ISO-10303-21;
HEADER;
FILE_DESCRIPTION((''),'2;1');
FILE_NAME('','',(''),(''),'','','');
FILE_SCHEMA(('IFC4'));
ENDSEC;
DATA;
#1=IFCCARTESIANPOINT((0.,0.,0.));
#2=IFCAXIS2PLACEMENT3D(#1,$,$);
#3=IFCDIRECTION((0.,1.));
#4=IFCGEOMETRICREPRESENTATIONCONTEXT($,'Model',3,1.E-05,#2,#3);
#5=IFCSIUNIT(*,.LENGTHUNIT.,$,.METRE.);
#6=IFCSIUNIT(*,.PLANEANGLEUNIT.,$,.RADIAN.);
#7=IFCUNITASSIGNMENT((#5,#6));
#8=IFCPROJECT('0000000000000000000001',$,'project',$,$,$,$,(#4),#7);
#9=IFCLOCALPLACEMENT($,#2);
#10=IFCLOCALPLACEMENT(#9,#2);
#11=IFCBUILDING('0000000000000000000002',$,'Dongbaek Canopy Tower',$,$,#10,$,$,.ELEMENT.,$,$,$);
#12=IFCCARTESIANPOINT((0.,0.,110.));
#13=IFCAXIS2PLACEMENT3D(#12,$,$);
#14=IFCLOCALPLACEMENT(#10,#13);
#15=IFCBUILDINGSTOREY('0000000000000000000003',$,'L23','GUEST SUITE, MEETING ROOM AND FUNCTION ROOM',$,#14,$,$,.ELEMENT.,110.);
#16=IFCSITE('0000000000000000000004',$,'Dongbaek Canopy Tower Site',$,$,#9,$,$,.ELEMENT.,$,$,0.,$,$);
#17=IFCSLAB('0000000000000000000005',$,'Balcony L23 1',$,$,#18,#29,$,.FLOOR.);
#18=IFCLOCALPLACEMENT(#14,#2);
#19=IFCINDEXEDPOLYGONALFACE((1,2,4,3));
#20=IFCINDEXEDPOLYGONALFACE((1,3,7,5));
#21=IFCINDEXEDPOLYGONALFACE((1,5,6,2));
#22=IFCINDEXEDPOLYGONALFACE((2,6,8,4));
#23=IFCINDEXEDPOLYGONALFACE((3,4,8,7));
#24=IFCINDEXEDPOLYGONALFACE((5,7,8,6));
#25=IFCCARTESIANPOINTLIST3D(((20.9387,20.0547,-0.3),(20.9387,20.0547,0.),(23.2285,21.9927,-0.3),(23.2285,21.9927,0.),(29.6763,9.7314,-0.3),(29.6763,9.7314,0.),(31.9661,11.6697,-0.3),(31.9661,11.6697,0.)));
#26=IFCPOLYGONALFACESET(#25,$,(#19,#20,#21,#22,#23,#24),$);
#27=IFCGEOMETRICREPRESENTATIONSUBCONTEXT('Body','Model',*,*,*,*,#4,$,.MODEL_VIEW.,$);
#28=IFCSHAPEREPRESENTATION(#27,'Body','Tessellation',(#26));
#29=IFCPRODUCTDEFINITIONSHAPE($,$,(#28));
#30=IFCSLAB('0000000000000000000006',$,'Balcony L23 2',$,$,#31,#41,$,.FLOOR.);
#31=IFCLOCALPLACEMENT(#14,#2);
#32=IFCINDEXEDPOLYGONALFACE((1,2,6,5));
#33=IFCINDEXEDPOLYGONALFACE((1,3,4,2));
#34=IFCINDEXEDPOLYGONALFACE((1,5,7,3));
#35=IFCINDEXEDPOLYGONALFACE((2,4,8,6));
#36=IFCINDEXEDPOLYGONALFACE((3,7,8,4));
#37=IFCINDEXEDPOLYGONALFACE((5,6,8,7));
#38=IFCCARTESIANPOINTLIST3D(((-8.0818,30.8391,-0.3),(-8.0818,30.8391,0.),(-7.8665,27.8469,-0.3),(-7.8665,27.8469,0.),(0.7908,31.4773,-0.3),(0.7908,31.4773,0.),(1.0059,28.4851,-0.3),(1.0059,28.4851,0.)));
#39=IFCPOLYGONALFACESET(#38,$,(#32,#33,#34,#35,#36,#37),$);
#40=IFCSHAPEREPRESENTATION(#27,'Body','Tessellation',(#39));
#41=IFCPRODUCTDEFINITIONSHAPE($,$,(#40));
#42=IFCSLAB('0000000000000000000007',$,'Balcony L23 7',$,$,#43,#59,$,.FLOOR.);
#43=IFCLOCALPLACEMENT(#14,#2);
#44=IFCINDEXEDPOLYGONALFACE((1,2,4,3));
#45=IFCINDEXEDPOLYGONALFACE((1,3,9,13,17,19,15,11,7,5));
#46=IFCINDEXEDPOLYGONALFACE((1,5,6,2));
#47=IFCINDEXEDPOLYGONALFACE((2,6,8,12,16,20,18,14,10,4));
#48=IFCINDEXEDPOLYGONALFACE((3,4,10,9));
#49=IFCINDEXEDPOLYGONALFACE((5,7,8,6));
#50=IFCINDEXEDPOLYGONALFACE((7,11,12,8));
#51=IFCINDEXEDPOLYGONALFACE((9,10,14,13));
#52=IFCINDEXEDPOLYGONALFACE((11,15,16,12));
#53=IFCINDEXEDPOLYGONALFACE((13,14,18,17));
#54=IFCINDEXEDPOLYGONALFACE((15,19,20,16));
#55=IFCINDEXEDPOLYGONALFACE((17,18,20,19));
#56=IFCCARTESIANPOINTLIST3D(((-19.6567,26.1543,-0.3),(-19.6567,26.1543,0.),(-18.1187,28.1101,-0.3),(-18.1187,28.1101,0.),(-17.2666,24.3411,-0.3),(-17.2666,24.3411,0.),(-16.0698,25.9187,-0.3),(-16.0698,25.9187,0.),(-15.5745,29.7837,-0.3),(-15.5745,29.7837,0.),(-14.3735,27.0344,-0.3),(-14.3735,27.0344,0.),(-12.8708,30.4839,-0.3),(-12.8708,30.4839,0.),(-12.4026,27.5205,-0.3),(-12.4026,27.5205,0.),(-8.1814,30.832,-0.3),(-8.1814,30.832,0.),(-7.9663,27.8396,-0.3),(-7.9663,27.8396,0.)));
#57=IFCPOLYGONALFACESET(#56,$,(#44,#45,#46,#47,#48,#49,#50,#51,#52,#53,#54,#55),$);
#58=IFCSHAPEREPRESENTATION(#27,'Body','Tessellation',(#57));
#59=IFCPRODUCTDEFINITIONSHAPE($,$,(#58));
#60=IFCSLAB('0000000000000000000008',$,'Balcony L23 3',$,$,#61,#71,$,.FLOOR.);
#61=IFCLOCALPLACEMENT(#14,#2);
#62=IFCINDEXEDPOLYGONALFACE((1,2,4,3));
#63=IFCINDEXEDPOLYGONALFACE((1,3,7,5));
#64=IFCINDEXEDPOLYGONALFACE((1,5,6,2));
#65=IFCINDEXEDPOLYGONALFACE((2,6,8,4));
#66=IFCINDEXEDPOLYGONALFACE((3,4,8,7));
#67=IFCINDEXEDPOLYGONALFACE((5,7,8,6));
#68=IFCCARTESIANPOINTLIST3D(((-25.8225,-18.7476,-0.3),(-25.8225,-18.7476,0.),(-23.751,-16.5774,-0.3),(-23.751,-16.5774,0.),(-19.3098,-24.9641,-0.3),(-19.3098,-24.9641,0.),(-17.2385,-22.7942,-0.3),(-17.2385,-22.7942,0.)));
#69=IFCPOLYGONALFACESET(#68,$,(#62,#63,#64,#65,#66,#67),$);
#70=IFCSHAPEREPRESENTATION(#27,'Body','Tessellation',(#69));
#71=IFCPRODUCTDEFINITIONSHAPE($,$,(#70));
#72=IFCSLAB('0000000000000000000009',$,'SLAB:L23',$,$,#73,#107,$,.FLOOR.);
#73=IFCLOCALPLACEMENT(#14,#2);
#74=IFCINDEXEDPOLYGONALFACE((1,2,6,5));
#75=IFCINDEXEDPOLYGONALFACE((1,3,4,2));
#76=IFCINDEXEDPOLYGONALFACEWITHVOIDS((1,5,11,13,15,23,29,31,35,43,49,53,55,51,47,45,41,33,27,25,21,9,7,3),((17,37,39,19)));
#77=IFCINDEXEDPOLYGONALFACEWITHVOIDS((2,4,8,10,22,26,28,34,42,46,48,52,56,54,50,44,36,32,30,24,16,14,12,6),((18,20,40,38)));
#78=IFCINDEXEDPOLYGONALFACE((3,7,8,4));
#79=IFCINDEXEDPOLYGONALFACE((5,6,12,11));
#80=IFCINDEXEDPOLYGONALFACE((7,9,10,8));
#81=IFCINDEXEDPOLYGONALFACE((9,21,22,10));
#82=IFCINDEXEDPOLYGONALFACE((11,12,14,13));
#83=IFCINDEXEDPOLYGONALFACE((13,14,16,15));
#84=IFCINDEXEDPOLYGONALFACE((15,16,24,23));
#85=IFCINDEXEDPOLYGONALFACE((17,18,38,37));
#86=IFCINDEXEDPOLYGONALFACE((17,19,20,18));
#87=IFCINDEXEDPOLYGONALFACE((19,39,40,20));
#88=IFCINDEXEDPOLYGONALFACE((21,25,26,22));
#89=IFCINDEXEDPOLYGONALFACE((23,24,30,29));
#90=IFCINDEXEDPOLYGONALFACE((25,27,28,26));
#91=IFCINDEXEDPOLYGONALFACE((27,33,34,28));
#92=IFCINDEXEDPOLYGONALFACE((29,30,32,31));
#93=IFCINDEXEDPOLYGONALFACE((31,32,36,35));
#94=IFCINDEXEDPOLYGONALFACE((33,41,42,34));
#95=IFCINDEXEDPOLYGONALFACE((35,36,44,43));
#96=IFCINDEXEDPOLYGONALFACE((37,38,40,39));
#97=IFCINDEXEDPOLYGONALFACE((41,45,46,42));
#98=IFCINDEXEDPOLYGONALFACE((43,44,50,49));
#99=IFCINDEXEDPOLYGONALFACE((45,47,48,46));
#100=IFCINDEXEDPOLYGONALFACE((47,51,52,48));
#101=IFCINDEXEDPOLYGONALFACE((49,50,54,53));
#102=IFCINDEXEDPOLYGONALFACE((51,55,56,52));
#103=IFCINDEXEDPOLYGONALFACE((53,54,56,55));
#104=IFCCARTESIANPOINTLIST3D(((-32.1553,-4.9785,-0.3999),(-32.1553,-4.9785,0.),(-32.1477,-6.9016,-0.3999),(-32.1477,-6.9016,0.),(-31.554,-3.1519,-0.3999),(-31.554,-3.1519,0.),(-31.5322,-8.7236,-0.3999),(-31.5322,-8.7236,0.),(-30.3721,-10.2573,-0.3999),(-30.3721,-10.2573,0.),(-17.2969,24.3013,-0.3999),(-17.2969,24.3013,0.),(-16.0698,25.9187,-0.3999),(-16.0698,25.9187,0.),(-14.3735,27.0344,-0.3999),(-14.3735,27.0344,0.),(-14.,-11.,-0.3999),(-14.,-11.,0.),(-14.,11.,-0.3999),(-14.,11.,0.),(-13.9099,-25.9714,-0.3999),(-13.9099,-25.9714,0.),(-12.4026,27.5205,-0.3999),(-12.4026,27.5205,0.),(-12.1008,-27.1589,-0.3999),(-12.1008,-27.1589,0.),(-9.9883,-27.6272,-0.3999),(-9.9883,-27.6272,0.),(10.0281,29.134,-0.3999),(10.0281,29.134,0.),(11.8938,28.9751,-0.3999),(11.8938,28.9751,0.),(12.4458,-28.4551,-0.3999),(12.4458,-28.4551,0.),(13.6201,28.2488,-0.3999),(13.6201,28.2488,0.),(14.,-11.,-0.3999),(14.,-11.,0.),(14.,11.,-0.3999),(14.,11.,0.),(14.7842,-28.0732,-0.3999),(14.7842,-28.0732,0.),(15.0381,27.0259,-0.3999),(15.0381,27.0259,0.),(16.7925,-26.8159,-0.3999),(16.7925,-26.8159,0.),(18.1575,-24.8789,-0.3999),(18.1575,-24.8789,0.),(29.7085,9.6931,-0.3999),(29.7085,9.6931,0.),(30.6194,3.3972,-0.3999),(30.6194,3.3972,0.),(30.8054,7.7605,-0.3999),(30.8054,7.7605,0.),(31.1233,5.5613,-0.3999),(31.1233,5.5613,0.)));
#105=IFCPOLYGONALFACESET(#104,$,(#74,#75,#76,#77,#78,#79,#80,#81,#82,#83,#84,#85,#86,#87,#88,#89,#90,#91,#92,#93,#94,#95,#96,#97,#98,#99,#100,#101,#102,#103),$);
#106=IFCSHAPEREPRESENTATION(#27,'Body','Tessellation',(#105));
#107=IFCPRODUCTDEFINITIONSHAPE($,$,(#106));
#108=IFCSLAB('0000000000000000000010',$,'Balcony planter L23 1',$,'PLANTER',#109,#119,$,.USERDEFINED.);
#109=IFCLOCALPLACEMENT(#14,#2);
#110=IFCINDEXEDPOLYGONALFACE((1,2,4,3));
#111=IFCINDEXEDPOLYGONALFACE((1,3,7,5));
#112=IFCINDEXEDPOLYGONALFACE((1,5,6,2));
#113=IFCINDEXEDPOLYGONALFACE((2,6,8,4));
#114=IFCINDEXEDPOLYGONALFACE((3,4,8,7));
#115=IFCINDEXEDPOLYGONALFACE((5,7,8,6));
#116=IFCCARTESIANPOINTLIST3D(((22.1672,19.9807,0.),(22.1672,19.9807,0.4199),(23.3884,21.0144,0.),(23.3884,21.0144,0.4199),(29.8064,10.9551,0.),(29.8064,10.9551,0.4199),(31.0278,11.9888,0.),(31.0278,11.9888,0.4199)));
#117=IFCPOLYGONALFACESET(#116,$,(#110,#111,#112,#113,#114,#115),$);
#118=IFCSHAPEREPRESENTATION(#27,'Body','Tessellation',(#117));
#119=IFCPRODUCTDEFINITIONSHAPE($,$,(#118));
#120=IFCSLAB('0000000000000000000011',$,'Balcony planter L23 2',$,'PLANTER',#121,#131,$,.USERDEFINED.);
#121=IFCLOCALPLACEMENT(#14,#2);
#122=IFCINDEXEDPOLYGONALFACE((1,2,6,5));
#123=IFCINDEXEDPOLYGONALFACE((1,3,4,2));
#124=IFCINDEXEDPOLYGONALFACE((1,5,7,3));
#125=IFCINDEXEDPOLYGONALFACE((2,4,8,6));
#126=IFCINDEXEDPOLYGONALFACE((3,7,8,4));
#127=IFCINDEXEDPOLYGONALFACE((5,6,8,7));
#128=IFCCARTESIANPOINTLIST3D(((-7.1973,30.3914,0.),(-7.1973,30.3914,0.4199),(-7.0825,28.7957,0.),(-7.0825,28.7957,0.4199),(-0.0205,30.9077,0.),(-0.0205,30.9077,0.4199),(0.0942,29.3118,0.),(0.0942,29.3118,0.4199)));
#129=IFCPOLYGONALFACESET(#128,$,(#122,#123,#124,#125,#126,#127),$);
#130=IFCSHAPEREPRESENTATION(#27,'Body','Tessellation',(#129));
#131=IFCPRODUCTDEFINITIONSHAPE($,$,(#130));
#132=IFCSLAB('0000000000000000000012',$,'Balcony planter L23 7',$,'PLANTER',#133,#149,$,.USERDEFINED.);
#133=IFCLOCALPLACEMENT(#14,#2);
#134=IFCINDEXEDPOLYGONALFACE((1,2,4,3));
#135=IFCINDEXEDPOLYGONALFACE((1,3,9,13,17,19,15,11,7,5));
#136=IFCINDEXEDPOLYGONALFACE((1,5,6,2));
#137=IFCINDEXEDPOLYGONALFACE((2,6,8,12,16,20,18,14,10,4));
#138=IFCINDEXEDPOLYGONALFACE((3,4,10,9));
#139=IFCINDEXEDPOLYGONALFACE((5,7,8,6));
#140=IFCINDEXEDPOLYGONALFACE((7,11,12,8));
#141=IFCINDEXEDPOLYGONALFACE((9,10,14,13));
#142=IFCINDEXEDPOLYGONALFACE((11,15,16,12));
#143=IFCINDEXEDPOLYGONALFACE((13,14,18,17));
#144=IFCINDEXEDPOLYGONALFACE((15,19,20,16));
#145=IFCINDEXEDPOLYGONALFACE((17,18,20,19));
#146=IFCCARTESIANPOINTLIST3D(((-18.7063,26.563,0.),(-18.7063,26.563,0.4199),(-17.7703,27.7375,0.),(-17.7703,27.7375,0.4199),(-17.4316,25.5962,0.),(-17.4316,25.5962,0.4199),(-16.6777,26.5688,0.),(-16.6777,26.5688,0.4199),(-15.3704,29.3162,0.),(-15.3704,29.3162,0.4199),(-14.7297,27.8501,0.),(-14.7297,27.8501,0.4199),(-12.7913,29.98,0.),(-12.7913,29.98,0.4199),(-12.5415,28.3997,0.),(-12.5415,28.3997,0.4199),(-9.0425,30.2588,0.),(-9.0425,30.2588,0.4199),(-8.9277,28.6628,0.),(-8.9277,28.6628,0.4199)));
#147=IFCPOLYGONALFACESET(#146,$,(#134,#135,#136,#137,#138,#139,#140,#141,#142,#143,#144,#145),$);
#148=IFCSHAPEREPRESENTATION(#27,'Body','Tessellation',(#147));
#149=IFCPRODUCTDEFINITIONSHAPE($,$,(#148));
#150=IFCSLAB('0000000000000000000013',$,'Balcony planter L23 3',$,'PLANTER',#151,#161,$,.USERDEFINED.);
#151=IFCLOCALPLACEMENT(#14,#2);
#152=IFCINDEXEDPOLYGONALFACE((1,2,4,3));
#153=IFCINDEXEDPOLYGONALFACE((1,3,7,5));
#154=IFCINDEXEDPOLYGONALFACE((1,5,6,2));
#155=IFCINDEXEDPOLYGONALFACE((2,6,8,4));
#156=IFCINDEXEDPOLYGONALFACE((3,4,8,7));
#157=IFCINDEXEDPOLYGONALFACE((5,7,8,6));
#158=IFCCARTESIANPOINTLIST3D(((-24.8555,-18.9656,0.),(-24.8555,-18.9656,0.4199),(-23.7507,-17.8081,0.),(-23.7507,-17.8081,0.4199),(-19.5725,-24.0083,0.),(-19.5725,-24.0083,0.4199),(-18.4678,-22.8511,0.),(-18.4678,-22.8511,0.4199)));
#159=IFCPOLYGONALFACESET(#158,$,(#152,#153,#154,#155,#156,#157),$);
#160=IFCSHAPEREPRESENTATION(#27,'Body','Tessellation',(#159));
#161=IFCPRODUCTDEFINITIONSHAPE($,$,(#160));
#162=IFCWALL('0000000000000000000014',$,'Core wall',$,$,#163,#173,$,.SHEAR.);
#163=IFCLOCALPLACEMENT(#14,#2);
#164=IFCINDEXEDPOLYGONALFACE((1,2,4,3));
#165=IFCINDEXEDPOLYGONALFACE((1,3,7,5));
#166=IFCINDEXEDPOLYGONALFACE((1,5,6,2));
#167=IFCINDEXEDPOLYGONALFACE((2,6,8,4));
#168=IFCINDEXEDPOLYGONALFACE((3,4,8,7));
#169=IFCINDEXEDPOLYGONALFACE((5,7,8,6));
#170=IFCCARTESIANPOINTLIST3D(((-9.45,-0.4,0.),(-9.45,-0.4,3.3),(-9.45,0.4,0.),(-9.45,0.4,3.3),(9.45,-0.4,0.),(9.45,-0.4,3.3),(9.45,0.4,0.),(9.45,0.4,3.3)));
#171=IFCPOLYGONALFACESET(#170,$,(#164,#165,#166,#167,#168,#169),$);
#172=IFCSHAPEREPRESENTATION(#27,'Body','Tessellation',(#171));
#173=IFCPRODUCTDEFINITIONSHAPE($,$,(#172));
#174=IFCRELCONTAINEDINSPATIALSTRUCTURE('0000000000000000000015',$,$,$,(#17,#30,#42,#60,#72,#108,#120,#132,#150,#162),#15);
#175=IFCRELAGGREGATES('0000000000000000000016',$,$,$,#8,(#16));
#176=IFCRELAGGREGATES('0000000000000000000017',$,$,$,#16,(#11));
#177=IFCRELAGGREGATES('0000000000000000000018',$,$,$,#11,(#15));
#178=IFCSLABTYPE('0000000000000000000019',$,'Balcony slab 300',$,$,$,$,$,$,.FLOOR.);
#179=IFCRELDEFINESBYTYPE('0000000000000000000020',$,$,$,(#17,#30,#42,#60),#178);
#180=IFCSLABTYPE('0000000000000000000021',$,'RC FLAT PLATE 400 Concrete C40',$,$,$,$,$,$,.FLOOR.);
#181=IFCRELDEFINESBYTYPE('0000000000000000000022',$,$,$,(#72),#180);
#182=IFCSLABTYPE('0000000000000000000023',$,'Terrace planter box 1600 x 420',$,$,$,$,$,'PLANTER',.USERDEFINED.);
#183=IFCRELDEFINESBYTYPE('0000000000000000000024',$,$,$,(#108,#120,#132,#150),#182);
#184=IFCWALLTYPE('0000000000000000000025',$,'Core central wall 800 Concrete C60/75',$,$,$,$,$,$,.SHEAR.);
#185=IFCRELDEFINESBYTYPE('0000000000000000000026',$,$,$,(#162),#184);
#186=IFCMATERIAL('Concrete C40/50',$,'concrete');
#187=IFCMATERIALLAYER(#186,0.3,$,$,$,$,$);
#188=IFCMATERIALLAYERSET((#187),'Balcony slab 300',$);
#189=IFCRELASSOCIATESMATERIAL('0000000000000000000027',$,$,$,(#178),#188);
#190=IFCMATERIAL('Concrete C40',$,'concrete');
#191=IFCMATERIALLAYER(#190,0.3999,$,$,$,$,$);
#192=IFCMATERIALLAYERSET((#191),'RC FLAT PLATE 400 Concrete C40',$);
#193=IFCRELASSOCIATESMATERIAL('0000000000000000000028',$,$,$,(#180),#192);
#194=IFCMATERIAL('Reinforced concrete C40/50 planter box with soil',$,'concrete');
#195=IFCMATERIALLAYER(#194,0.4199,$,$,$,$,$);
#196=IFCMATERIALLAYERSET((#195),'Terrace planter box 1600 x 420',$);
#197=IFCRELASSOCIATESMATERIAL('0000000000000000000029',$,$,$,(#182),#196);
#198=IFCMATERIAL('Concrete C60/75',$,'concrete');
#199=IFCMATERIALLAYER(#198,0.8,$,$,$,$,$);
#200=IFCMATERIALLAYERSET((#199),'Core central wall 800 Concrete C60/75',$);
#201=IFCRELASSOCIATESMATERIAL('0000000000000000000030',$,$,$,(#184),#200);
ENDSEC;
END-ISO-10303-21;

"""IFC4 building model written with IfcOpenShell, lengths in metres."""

from ifc_helpers import new_model, si_unit, direction, frame, frame_2d, origin, place, context, subcontext, project, spatial, polyline, rectangle, outline, extrude, material, layer, layer_set, type_object, element, save


model = new_model("IFC4")

# Units and contexts
model_context = context("Model", 3, precision=1e-05, world=origin(), true_north=direction((0.0, 1.0)))
body_context = subcontext(model_context, "Body", "Model", "MODEL_VIEW")
ifc_project = project(units=[si_unit("LENGTHUNIT", "METRE"), si_unit("PLANEANGLEUNIT", "RADIAN")], contexts=[model_context])

# Site, building, storey
site_placement = place(None, origin())
site = spatial("IfcSite", under=ifc_project, at=site_placement, Name="Dongbaek Canopy Tower Site", CompositionType="ELEMENT", RefElevation=0.0)
building_placement = place(site_placement, origin())
building = spatial("IfcBuilding", under=site, at=building_placement, Name="Dongbaek Canopy Tower", CompositionType="ELEMENT")
storey_placement = place(building_placement, frame((0.0, 0.0, 110.0)))
storey = spatial("IfcBuildingStorey", under=building, at=storey_placement, Name="L23", Description="GUEST SUITE, MEETING ROOM AND FUNCTION ROOM", CompositionType="ELEMENT", Elevation=110.0)

# Slabs
ifc_material_1 = material(Name="Concrete C40/50", Category="concrete")
ifc_layer_1 = layer(ifc_material_1, 0.3)
ifc_layer_set_1 = layer_set([ifc_layer_1], Name="Balcony slab 300")
slab_type_1 = type_object("IfcSlabType", Name="Balcony slab 300", PredefinedType="FLOOR", material=ifc_layer_set_1)
slab_1_placement = place(storey_placement, frame((0.0, 0.0, -0.3)))
element("IfcSlab", 1, at=slab_1_placement, inside=storey, type_object=slab_type_1, Name="Balcony L23 1", PredefinedType="FLOOR", context=body_context, shape_type="SweptSolid", body=[
    extrude(outline(polyline([(29.6763, 9.7314), (20.9387, 20.0547), (23.2285, 21.9927), (31.9661, 11.6697), (29.6763, 9.7314)])), origin(), (0.0, 0.0, 1.0), 0.3),
])
slab_2_placement = place(storey_placement, frame((0.0, 0.0, -0.3)))
element("IfcSlab", 2, at=slab_2_placement, inside=storey, type_object=slab_type_1, Name="Balcony L23 2", PredefinedType="FLOOR", context=body_context, shape_type="SweptSolid", body=[
    extrude(outline(polyline([(1.0059, 28.4851), (-7.8665, 27.8469), (-8.0818, 30.8391), (0.7908, 31.4773), (1.0059, 28.4851)])), origin(), (0.0, 0.0, 1.0), 0.3),
])
slab_3_placement = place(storey_placement, frame((0.0, 0.0, -0.3)))
element("IfcSlab", 3, at=slab_3_placement, inside=storey, type_object=slab_type_1, Name="Balcony L23 7", PredefinedType="FLOOR", context=body_context, shape_type="SweptSolid", body=[
    extrude(outline(polyline([(-7.9663, 27.8396), (-12.4026, 27.5205), (-14.3735, 27.0344), (-16.0698, 25.9187), (-17.2666, 24.3411), (-19.6567, 26.1543), (-18.1187, 28.1101), (-15.5745, 29.7837), (-12.8708, 30.4839), (-8.1814, 30.832), (-7.9663, 27.8396)])), origin(), (0.0, 0.0, 1.0), 0.3),
])
slab_4_placement = place(storey_placement, frame((0.0, 0.0, -0.3)))
element("IfcSlab", 4, at=slab_4_placement, inside=storey, type_object=slab_type_1, Name="Balcony L23 3", PredefinedType="FLOOR", context=body_context, shape_type="SweptSolid", body=[
    extrude(outline(polyline([(-23.751, -16.5774), (-17.2385, -22.7942), (-19.3098, -24.9641), (-25.8225, -18.7476), (-23.751, -16.5774)])), origin(), (0.0, 0.0, 1.0), 0.3),
])
ifc_material_2 = material(Name="Concrete C40", Category="concrete")
ifc_layer_2 = layer(ifc_material_2, 0.3999)
ifc_layer_set_2 = layer_set([ifc_layer_2], Name="RC FLAT PLATE 400 Concrete C40")
slab_type_2 = type_object("IfcSlabType", Name="RC FLAT PLATE 400 Concrete C40", PredefinedType="FLOOR", material=ifc_layer_set_2)
slab_5_placement = place(storey_placement, frame((0.0, 0.0, -0.3999)))
element("IfcSlab", 5, at=slab_5_placement, inside=storey, type_object=slab_type_2, Name="SLAB:L23", PredefinedType="FLOOR", context=body_context, shape_type="SweptSolid", body=[
    extrude(outline(polyline([(18.1575, -24.8789), (16.7925, -26.8159), (14.7842, -28.0732), (12.4458, -28.4551), (-9.9883, -27.6272), (-12.1008, -27.1589), (-13.9099, -25.9714), (-30.3721, -10.2573), (-31.5322, -8.7236), (-32.1477, -6.9016), (-32.1553, -4.9785), (-31.554, -3.1519), (-17.2969, 24.3013), (-16.0698, 25.9187), (-14.3735, 27.0344), (-12.4026, 27.5205), (10.0281, 29.134), (11.8938, 28.9751), (13.6201, 28.2488), (15.0381, 27.0259), (29.7085, 9.6931), (30.8054, 7.7605), (31.1233, 5.5613), (30.6194, 3.3972), (18.1575, -24.8789)]), holes=[polyline([(14.0, 11.0), (-14.0, 11.0), (-14.0, -11.0), (14.0, -11.0), (14.0, 11.0)])]), origin(), (0.0, 0.0, 1.0), 0.3999),
])
ifc_material_3 = material(Name="Reinforced concrete C40/50 planter box with soil", Category="concrete")
ifc_layer_3 = layer(ifc_material_3, 0.4199)
ifc_layer_set_3 = layer_set([ifc_layer_3], Name="Terrace planter box 1600 x 420")
slab_type_3 = type_object("IfcSlabType", Name="Terrace planter box 1600 x 420", ElementType="PLANTER", PredefinedType="USERDEFINED", material=ifc_layer_set_3)
slab_6_placement = place(storey_placement, origin())
element("IfcSlab", 6, at=slab_6_placement, inside=storey, type_object=slab_type_3, Name="Balcony planter L23 1", ObjectType="PLANTER", PredefinedType="USERDEFINED", context=body_context, shape_type="SweptSolid", body=[
    extrude(outline(polyline([(29.8064, 10.9551), (22.1672, 19.9807), (23.3884, 21.0144), (31.0278, 11.9888), (29.8064, 10.9551)])), origin(), (0.0, 0.0, 1.0), 0.4199),
])
slab_7_placement = place(storey_placement, origin())
element("IfcSlab", 7, at=slab_7_placement, inside=storey, type_object=slab_type_3, Name="Balcony planter L23 2", ObjectType="PLANTER", PredefinedType="USERDEFINED", context=body_context, shape_type="SweptSolid", body=[
    extrude(outline(polyline([(0.0942, 29.3118), (-7.0825, 28.7957), (-7.1973, 30.3914), (-0.0205, 30.9077), (0.0942, 29.3118)])), origin(), (0.0, 0.0, 1.0), 0.4199),
])
slab_8_placement = place(storey_placement, origin())
element("IfcSlab", 8, at=slab_8_placement, inside=storey, type_object=slab_type_3, Name="Balcony planter L23 7", ObjectType="PLANTER", PredefinedType="USERDEFINED", context=body_context, shape_type="SweptSolid", body=[
    extrude(outline(polyline([(-8.9277, 28.6628), (-12.5415, 28.3997), (-14.7297, 27.8501), (-16.6777, 26.5688), (-17.4316, 25.5962), (-18.7063, 26.563), (-17.7703, 27.7375), (-15.3704, 29.3162), (-12.7913, 29.98), (-9.0425, 30.2588), (-8.9277, 28.6628)])), origin(), (0.0, 0.0, 1.0), 0.4199),
])
slab_9_placement = place(storey_placement, origin())
element("IfcSlab", 9, at=slab_9_placement, inside=storey, type_object=slab_type_3, Name="Balcony planter L23 3", ObjectType="PLANTER", PredefinedType="USERDEFINED", context=body_context, shape_type="SweptSolid", body=[
    extrude(outline(polyline([(-23.7507, -17.8081), (-18.4678, -22.8511), (-19.5725, -24.0083), (-24.8555, -18.9656), (-23.7507, -17.8081)])), origin(), (0.0, 0.0, 1.0), 0.4199),
])

# Wall
ifc_material_4 = material(Name="Concrete C60/75", Category="concrete")
ifc_layer_4 = layer(ifc_material_4, 0.8)
ifc_layer_set_4 = layer_set([ifc_layer_4], Name="Core central wall 800 Concrete C60/75")
wall_type_1 = type_object("IfcWallType", Name="Core central wall 800 Concrete C60/75", PredefinedType="SHEAR", material=ifc_layer_set_4)
wall_1_placement = place(storey_placement, frame((-9.45, 0.0, 0.0), z_axis=(0.0, 0.0, 1.0), x_axis=(1.0, 0.0, 0.0)))
element("IfcWall", 10, at=wall_1_placement, inside=storey, type_object=wall_type_1, Name="Core wall", PredefinedType="SHEAR", context=body_context, shape_type="SweptSolid", body=[
    extrude(rectangle(XDim=18.8999, YDim=0.8, at=frame_2d((9.45, 0.0))), origin(), (0.0, 0.0, 1.0), 3.3),
])

save(model, "model.ifc")
